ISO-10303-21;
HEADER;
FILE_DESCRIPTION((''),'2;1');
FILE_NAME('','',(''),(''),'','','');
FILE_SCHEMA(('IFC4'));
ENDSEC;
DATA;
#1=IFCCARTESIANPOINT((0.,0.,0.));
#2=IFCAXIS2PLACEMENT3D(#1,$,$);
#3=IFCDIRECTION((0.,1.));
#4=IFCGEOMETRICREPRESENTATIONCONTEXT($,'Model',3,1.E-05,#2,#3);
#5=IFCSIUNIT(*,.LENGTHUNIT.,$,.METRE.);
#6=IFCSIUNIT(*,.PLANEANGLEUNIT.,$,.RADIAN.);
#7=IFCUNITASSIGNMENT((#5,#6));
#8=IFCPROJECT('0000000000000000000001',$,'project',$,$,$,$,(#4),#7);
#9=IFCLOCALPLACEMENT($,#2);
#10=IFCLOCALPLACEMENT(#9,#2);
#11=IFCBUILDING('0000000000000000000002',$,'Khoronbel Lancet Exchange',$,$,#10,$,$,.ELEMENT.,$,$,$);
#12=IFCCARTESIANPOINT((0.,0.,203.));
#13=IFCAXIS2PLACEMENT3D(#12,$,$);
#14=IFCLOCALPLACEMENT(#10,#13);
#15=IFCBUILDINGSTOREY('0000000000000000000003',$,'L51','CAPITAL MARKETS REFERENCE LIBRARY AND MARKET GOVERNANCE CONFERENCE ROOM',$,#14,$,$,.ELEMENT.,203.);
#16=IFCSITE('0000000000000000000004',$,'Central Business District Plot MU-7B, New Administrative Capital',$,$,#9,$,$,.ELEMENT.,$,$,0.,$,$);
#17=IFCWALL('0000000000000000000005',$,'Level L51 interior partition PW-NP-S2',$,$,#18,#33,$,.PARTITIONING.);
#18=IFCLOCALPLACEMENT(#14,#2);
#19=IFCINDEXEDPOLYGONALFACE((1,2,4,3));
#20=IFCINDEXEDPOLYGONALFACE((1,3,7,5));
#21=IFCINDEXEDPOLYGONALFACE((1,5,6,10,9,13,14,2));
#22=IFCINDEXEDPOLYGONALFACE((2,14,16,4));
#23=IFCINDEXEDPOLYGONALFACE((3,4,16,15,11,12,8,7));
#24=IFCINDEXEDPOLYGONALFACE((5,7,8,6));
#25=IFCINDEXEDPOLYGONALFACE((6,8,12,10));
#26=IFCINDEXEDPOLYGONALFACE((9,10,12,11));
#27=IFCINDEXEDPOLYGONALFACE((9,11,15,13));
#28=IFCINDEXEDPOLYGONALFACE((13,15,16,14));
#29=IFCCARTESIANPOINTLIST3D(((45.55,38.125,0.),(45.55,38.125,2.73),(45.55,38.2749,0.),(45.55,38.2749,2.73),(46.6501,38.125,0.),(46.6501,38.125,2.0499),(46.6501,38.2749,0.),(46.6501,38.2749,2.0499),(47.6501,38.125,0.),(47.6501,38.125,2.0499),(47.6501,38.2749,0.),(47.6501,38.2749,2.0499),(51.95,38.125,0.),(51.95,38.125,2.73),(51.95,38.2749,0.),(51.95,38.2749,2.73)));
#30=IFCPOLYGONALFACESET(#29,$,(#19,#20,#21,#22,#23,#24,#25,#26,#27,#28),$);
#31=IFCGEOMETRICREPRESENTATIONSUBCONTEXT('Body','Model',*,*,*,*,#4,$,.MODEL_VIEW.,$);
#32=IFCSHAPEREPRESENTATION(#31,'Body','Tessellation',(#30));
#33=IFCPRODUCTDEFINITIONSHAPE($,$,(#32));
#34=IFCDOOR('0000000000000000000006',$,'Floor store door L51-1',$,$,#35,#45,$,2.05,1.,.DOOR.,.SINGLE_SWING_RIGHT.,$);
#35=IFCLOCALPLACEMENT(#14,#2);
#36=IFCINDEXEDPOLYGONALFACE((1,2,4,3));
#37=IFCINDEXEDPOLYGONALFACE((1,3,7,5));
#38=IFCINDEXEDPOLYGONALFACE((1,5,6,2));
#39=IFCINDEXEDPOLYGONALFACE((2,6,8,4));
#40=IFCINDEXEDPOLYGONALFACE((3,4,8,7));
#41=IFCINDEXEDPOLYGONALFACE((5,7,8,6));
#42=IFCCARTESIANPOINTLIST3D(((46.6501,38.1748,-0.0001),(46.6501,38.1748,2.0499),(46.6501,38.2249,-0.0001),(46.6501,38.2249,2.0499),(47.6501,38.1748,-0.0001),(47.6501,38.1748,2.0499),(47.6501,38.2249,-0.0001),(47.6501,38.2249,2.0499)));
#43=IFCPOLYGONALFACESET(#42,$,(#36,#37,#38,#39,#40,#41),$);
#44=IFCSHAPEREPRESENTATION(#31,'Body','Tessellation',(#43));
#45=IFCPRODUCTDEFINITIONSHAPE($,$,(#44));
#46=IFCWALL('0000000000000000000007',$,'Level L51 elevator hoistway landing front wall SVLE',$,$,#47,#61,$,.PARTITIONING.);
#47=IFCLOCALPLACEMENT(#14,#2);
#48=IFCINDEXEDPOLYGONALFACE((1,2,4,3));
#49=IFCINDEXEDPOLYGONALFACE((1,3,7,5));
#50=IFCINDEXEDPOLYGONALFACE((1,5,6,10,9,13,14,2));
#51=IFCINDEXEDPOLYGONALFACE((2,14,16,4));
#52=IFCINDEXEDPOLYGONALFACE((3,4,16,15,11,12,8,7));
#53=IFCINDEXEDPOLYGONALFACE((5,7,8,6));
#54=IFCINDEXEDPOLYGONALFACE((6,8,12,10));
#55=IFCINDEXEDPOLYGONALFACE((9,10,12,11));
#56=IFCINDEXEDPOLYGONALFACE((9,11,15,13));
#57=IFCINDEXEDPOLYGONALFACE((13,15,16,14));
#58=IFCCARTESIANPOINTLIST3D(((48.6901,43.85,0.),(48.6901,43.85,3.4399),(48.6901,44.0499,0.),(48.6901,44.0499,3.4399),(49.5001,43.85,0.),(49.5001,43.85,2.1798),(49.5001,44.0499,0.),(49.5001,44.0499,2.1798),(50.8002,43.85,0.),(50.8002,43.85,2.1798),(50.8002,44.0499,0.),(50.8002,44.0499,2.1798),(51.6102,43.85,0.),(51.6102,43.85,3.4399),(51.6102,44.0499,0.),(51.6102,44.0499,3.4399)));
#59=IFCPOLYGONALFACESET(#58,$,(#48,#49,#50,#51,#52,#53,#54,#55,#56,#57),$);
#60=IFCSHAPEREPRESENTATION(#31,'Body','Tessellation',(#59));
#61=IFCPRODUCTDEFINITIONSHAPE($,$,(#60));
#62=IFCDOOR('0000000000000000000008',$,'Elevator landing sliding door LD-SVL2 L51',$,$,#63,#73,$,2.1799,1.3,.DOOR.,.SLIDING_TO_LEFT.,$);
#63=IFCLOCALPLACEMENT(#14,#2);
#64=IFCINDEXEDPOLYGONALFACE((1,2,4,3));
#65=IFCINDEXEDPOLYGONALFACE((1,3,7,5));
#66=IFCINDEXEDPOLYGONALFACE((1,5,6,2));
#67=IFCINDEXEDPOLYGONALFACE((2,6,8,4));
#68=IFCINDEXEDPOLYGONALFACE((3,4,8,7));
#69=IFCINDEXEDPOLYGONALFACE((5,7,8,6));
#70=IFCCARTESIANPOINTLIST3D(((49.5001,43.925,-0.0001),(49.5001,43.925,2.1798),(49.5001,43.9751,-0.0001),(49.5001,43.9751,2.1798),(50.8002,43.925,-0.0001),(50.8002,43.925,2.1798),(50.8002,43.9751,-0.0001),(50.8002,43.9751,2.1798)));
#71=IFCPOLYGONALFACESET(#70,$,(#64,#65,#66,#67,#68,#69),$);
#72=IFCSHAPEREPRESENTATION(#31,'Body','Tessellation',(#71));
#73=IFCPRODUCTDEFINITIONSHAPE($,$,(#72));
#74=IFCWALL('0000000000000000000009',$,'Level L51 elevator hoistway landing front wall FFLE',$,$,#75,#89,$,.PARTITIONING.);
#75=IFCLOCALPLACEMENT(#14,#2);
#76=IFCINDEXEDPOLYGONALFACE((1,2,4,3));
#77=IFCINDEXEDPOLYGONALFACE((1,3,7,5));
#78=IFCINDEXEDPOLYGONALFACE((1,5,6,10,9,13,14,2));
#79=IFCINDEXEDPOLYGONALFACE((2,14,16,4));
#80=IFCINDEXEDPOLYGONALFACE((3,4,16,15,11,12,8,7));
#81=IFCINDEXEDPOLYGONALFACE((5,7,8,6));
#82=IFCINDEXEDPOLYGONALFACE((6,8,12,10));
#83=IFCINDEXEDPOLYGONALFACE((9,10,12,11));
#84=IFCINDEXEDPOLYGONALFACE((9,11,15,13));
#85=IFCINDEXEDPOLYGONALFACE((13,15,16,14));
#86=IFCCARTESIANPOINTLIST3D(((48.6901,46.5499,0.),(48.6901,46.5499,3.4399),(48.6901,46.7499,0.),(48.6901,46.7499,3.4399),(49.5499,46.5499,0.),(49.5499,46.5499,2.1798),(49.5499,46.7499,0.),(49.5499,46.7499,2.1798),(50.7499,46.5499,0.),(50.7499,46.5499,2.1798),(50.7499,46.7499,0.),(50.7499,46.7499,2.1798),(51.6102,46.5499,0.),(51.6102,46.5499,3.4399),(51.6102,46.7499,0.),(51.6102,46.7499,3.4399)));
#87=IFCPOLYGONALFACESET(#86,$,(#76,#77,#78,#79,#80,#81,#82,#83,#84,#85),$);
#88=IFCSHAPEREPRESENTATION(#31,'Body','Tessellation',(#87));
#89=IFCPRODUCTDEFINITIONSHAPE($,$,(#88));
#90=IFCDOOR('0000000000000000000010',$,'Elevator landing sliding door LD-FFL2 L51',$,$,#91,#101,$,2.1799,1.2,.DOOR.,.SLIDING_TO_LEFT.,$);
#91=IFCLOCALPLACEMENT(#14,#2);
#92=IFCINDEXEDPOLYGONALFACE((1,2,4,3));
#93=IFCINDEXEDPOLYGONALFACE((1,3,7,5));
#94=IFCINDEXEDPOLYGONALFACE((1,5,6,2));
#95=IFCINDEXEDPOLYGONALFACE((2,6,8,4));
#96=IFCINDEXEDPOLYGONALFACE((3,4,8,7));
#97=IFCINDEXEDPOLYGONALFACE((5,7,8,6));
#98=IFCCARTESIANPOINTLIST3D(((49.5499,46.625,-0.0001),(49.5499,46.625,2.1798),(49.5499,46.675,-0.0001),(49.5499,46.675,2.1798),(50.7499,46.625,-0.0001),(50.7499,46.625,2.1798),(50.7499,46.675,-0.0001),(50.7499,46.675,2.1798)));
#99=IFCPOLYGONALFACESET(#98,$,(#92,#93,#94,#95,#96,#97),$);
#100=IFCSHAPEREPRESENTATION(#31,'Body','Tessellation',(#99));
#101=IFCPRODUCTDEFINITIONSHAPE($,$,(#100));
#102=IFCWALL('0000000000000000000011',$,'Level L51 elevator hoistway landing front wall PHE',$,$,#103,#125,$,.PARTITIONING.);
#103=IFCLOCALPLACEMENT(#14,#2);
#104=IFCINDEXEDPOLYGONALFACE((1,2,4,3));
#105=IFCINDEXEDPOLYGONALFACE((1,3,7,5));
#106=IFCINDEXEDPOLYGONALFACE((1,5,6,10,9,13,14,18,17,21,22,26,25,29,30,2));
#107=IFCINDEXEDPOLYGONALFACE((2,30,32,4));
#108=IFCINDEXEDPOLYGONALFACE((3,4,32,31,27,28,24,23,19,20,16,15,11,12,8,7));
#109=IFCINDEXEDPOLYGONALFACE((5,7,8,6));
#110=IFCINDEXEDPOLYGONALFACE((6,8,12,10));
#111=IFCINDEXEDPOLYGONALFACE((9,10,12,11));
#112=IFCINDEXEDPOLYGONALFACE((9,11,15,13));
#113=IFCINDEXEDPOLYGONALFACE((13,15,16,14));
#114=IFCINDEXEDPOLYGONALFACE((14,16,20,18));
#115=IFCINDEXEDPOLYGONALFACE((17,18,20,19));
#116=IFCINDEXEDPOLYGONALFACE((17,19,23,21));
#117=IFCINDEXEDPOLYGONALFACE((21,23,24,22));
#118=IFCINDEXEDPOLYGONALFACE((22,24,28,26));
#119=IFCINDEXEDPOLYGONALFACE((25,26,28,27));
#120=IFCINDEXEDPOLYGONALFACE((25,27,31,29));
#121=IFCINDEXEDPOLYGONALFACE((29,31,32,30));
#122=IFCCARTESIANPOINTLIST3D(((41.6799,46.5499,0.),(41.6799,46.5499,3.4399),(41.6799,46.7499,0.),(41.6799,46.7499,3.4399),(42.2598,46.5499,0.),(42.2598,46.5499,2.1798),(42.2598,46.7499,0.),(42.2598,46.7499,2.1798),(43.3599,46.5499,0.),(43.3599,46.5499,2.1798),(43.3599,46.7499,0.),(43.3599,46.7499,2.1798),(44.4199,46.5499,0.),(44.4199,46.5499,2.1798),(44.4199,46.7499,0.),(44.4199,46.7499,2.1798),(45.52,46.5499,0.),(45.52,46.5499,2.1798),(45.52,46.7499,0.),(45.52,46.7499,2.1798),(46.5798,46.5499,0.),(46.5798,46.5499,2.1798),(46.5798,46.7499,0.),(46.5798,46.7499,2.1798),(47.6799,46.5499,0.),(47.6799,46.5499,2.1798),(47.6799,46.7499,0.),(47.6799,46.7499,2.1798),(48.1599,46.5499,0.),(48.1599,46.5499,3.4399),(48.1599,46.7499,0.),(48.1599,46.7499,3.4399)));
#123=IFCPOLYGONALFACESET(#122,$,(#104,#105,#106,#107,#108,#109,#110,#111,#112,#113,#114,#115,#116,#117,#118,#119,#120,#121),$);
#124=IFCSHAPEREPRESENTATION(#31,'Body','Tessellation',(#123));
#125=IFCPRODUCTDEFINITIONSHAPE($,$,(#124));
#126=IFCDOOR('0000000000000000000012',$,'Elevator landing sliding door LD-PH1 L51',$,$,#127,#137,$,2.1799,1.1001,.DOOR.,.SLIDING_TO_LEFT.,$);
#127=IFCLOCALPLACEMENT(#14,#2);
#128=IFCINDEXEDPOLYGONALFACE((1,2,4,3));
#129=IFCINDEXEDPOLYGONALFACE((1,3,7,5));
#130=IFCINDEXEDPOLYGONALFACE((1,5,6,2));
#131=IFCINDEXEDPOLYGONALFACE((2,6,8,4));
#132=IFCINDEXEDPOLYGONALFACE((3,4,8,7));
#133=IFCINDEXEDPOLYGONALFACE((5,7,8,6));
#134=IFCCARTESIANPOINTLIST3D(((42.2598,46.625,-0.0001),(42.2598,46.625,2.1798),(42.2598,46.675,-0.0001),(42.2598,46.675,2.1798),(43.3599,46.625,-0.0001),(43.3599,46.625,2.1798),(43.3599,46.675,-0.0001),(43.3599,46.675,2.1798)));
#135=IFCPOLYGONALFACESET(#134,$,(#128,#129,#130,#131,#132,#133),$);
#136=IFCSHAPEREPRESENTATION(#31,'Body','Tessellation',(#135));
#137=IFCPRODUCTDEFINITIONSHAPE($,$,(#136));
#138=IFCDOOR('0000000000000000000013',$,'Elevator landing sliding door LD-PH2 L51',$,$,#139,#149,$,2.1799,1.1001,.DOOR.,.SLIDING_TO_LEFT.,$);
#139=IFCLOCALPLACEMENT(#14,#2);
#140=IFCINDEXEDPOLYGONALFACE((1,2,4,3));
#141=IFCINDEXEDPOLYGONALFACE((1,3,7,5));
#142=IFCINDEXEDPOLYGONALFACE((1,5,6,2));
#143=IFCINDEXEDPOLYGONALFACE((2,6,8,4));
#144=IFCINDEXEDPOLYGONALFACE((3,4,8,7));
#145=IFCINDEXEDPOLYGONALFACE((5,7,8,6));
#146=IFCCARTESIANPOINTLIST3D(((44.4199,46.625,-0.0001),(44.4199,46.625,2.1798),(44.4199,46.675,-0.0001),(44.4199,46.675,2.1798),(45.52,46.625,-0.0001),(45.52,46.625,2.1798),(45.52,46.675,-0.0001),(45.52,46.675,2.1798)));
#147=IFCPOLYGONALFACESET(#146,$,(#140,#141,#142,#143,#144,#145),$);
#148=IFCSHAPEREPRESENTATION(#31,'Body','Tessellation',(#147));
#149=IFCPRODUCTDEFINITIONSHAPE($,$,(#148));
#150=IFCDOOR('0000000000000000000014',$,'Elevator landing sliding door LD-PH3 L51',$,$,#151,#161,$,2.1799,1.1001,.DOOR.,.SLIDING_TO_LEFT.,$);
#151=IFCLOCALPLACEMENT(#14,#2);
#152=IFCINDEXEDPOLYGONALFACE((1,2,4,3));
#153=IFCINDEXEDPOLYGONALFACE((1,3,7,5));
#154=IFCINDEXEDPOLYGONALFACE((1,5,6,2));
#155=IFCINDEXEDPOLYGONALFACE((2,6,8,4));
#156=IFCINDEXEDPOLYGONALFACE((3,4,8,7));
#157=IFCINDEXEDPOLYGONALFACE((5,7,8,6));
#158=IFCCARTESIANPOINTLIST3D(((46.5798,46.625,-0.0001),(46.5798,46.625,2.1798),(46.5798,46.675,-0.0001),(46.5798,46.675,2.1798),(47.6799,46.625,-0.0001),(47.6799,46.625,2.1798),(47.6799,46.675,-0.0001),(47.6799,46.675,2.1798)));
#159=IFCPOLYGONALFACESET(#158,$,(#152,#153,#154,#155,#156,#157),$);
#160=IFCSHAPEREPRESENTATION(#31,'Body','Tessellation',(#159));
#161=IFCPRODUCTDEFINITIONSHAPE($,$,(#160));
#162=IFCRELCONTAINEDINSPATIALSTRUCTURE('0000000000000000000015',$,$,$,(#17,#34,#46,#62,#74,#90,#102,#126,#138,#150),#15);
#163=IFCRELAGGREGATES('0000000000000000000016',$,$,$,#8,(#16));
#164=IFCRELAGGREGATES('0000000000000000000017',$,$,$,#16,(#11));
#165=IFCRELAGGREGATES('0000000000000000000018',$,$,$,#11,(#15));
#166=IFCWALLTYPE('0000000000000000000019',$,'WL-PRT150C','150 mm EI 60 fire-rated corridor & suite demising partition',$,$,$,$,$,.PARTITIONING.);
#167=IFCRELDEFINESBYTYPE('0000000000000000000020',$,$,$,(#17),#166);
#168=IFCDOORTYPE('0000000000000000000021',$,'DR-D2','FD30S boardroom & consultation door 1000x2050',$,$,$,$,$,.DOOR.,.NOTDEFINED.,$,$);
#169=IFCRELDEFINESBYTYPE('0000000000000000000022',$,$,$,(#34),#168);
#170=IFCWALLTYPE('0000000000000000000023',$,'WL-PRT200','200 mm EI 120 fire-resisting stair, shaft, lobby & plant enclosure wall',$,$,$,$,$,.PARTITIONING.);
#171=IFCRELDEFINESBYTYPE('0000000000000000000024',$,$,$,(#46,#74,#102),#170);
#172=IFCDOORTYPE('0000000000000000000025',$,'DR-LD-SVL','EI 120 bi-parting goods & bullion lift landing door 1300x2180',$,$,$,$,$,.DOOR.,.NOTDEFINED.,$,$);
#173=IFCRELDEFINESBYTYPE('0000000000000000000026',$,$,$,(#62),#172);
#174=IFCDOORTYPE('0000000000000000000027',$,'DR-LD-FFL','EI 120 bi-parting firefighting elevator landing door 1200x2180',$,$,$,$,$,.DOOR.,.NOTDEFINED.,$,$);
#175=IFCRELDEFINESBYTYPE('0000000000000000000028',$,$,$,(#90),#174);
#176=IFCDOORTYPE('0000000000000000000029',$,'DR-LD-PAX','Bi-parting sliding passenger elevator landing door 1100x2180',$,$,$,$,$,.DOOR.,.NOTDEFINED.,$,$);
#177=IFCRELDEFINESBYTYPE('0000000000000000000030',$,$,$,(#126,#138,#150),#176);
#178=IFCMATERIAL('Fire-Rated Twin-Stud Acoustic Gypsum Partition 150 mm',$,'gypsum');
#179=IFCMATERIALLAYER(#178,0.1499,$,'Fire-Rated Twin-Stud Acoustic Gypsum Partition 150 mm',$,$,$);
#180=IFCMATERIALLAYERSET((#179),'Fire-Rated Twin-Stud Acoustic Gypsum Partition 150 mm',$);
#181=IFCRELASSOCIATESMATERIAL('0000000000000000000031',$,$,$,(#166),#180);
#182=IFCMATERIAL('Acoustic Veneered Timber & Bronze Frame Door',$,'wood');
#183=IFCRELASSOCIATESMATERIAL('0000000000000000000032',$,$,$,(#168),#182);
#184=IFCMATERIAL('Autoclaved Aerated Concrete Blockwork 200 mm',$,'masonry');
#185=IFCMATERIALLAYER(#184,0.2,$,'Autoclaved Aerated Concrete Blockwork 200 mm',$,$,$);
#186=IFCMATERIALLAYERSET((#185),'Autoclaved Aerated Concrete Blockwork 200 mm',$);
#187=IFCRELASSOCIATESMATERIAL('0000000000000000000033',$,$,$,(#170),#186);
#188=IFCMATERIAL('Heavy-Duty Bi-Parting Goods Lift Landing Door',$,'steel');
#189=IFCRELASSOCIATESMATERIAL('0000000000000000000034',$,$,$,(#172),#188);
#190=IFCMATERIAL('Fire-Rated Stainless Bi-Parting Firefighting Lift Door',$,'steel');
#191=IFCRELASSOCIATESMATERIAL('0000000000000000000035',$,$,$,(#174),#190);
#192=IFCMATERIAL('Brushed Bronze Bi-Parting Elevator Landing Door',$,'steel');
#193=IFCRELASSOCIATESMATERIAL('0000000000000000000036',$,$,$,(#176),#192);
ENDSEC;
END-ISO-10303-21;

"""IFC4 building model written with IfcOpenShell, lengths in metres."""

from ifc_helpers import new_model, si_unit, direction, frame, frame_2d, origin, place, context, subcontext, project, spatial, rectangle, extrude, material, layer, layer_set, type_object, element, fill, save


model = new_model("IFC4")

# Units and contexts
model_context = context("Model", 3, precision=1e-05, world=origin(), true_north=direction((0.0, 1.0)))
body_context = subcontext(model_context, "Body", "Model", "MODEL_VIEW")
ifc_project = project(units=[si_unit("LENGTHUNIT", "METRE"), si_unit("PLANEANGLEUNIT", "RADIAN")], contexts=[model_context])

# Site, building, storey
site_placement = place(None, origin())
site = spatial("IfcSite", under=ifc_project, at=site_placement, Name="Central Business District Plot MU-7B, New Administrative Capital", CompositionType="ELEMENT", RefElevation=0.0)
building_placement = place(site_placement, origin())
building = spatial("IfcBuilding", under=site, at=building_placement, Name="Khoronbel Lancet Exchange", CompositionType="ELEMENT")
storey_placement = place(building_placement, frame((0.0, 0.0, 203.0)))
storey = spatial("IfcBuildingStorey", under=building, at=storey_placement, Name="L51", Description="CAPITAL MARKETS REFERENCE LIBRARY AND MARKET GOVERNANCE CONFERENCE ROOM", CompositionType="ELEMENT", Elevation=203.0)

# Walls, openings, doors
ifc_material_1 = material(Name="Fire-Rated Twin-Stud Acoustic Gypsum Partition 150 mm", Category="gypsum")
ifc_layer_1 = layer(ifc_material_1, 0.1499, Name="Fire-Rated Twin-Stud Acoustic Gypsum Partition 150 mm")
ifc_layer_set_1 = layer_set([ifc_layer_1], Name="Fire-Rated Twin-Stud Acoustic Gypsum Partition 150 mm")
wall_type_1 = type_object("IfcWallType", Name="WL-PRT150C", Description="150 mm EI 60 fire-rated corridor & suite demising partition", PredefinedType="PARTITIONING", material=ifc_layer_set_1)
wall_1_placement = place(storey_placement, frame((45.55, 38.2, 0.0), z_axis=(0.0, 0.0, 1.0), x_axis=(1.0, 0.0, 0.0)))
wall_1 = element("IfcWall", 1, at=wall_1_placement, inside=storey, type_object=wall_type_1, Name="Level L51 interior partition PW-NP-S2", PredefinedType="PARTITIONING", context=body_context, shape_type="SweptSolid", body=[
    extrude(rectangle(XDim=6.3999, YDim=0.1499, at=frame_2d((3.2, 0.0))), origin(), (0.0, 0.0, 1.0), 2.73),
])
opening_1_placement = place(wall_1_placement, frame((1.1001, 0.0, 0.0)))
opening_1 = element("IfcOpeningElement", 2, at=opening_1_placement, cuts=wall_1, PredefinedType="OPENING", context=body_context, shape_type="SweptSolid", body=[
    extrude(rectangle(XDim=1.0, YDim=2.05, at=frame_2d((0.5, 1.0249))), frame((0.0, 0.085, 0.0), z_axis=(0.0, -1.0, 0.0), x_axis=(1.0, 0.0, 0.0)), (0.0, 0.0, 1.0), 0.1699),
])
ifc_material_2 = material(Name="Acoustic Veneered Timber & Bronze Frame Door", Category="wood")
door_type_1 = type_object("IfcDoorType", Name="DR-D2", Description="FD30S boardroom & consultation door 1000x2050", OperationType="NOTDEFINED", PredefinedType="DOOR", material=ifc_material_2)
door_1_placement = place(opening_1_placement, origin())
door_1 = element("IfcDoor", 3, at=door_1_placement, inside=storey, type_object=door_type_1, Name="Floor store door L51-1", OperationType="SINGLE_SWING_RIGHT", OverallHeight=2.05, OverallWidth=1.0, PredefinedType="DOOR", context=body_context, shape_type="SweptSolid", body=[
    extrude(rectangle(XDim=1.0, YDim=2.05, at=frame_2d((0.5, 1.0249))), frame((0.0, 0.0249, 0.0), z_axis=(0.0, -1.0, 0.0), x_axis=(1.0, 0.0, 0.0)), (0.0, 0.0, 1.0), 0.05),
])
fill(opening_1, door_1)
ifc_material_3 = material(Name="Autoclaved Aerated Concrete Blockwork 200 mm", Category="masonry")
ifc_layer_2 = layer(ifc_material_3, 0.2, Name="Autoclaved Aerated Concrete Blockwork 200 mm")
ifc_layer_set_2 = layer_set([ifc_layer_2], Name="Autoclaved Aerated Concrete Blockwork 200 mm")
wall_type_2 = type_object("IfcWallType", Name="WL-PRT200", Description="200 mm EI 120 fire-resisting stair, shaft, lobby & plant enclosure wall", PredefinedType="PARTITIONING", material=ifc_layer_set_2)
wall_2_placement = place(storey_placement, frame((51.6101, 43.95, 0.0), z_axis=(0.0, 0.0, 1.0), x_axis=(-1.0, 0.0, 0.0)))
wall_2 = element("IfcWall", 4, at=wall_2_placement, inside=storey, type_object=wall_type_2, Name="Level L51 elevator hoistway landing front wall SVLE", PredefinedType="PARTITIONING", context=body_context, shape_type="SweptSolid", body=[
    extrude(rectangle(XDim=2.9202, YDim=0.2, at=frame_2d((1.46, 0.0))), origin(), (0.0, 0.0, 1.0), 3.4399),
])
opening_2_placement = place(wall_2_placement, frame((0.8101, 0.0, 0.0)))
opening_2 = element("IfcOpeningElement", 5, at=opening_2_placement, cuts=wall_2, PredefinedType="OPENING", context=body_context, shape_type="SweptSolid", body=[
    extrude(rectangle(XDim=1.3, YDim=2.1799, at=frame_2d((0.6499, 1.0898))), frame((0.0, 0.1099, 0.0), z_axis=(0.0, -1.0, 0.0), x_axis=(1.0, 0.0, 0.0)), (0.0, 0.0, 1.0), 0.22),
])
ifc_material_4 = material(Name="Heavy-Duty Bi-Parting Goods Lift Landing Door", Category="steel")
door_type_2 = type_object("IfcDoorType", Name="DR-LD-SVL", Description="EI 120 bi-parting goods & bullion lift landing door 1300x2180", OperationType="NOTDEFINED", PredefinedType="DOOR", material=ifc_material_4)
door_2_placement = place(opening_2_placement, origin())
door_2 = element("IfcDoor", 6, at=door_2_placement, inside=storey, type_object=door_type_2, Name="Elevator landing sliding door LD-SVL2 L51", OperationType="SLIDING_TO_LEFT", OverallHeight=2.1799, OverallWidth=1.3, PredefinedType="DOOR", context=body_context, shape_type="SweptSolid", body=[
    extrude(rectangle(XDim=1.3, YDim=2.1799, at=frame_2d((0.6499, 1.0898))), frame((0.0, 0.0249, 0.0), z_axis=(0.0, -1.0, 0.0), x_axis=(1.0, 0.0, 0.0)), (0.0, 0.0, 1.0), 0.05),
])
fill(opening_2, door_2)
wall_3_placement = place(storey_placement, frame((51.6101, 46.6499, 0.0), z_axis=(0.0, 0.0, 1.0), x_axis=(-1.0, 0.0, 0.0)))
wall_3 = element("IfcWall", 7, at=wall_3_placement, inside=storey, type_object=wall_type_2, Name="Level L51 elevator hoistway landing front wall FFLE", PredefinedType="PARTITIONING", context=body_context, shape_type="SweptSolid", body=[
    extrude(rectangle(XDim=2.9202, YDim=0.2, at=frame_2d((1.46, 0.0))), origin(), (0.0, 0.0, 1.0), 3.4399),
])
opening_3_placement = place(wall_3_placement, frame((0.8601, 0.0, 0.0)))
opening_3 = element("IfcOpeningElement", 8, at=opening_3_placement, cuts=wall_3, PredefinedType="OPENING", context=body_context, shape_type="SweptSolid", body=[
    extrude(rectangle(XDim=1.2, YDim=2.1799, at=frame_2d((0.6001, 1.0898))), frame((0.0, 0.1099, 0.0), z_axis=(0.0, -1.0, 0.0), x_axis=(1.0, 0.0, 0.0)), (0.0, 0.0, 1.0), 0.22),
])
ifc_material_5 = material(Name="Fire-Rated Stainless Bi-Parting Firefighting Lift Door", Category="steel")
door_type_3 = type_object("IfcDoorType", Name="DR-LD-FFL", Description="EI 120 bi-parting firefighting elevator landing door 1200x2180", OperationType="NOTDEFINED", PredefinedType="DOOR", material=ifc_material_5)
door_3_placement = place(opening_3_placement, origin())
door_3 = element("IfcDoor", 9, at=door_3_placement, inside=storey, type_object=door_type_3, Name="Elevator landing sliding door LD-FFL2 L51", OperationType="SLIDING_TO_LEFT", OverallHeight=2.1799, OverallWidth=1.2, PredefinedType="DOOR", context=body_context, shape_type="SweptSolid", body=[
    extrude(rectangle(XDim=1.2, YDim=2.1799, at=frame_2d((0.6001, 1.0898))), frame((0.0, 0.0249, 0.0), z_axis=(0.0, -1.0, 0.0), x_axis=(1.0, 0.0, 0.0)), (0.0, 0.0, 1.0), 0.05),
])
fill(opening_3, door_3)

# Wall, openings, doors
wall_4_placement = place(storey_placement, frame((48.1599, 46.6499, 0.0), z_axis=(0.0, 0.0, 1.0), x_axis=(-1.0, 0.0, 0.0)))
wall_4 = element("IfcWall", 10, at=wall_4_placement, inside=storey, type_object=wall_type_2, Name="Level L51 elevator hoistway landing front wall PHE", PredefinedType="PARTITIONING", context=body_context, shape_type="SweptSolid", body=[
    extrude(rectangle(XDim=6.48, YDim=0.2, at=frame_2d((3.24, 0.0))), origin(), (0.0, 0.0, 1.0), 3.4399),
])
opening_4_placement = place(wall_4_placement, frame((4.8, 0.0, 0.0)))
opening_4 = element("IfcOpeningElement", 11, at=opening_4_placement, cuts=wall_4, PredefinedType="OPENING", context=body_context, shape_type="SweptSolid", body=[
    extrude(rectangle(XDim=1.1001, YDim=2.1799, at=frame_2d((0.55, 1.0898))), frame((0.0, 0.1099, 0.0), z_axis=(0.0, -1.0, 0.0), x_axis=(1.0, 0.0, 0.0)), (0.0, 0.0, 1.0), 0.22),
])
opening_5_placement = place(wall_4_placement, frame((2.6399, 0.0, 0.0)))
opening_5 = element("IfcOpeningElement", 12, at=opening_5_placement, cuts=wall_4, PredefinedType="OPENING", context=body_context, shape_type="SweptSolid", body=[
    extrude(rectangle(XDim=1.1001, YDim=2.1799, at=frame_2d((0.55, 1.0898))), frame((0.0, 0.1099, 0.0), z_axis=(0.0, -1.0, 0.0), x_axis=(1.0, 0.0, 0.0)), (0.0, 0.0, 1.0), 0.22),
])
opening_6_placement = place(wall_4_placement, frame((0.48, 0.0, 0.0)))
opening_6 = element("IfcOpeningElement", 13, at=opening_6_placement, cuts=wall_4, PredefinedType="OPENING", context=body_context, shape_type="SweptSolid", body=[
    extrude(rectangle(XDim=1.1001, YDim=2.1799, at=frame_2d((0.55, 1.0898))), frame((0.0, 0.1099, 0.0), z_axis=(0.0, -1.0, 0.0), x_axis=(1.0, 0.0, 0.0)), (0.0, 0.0, 1.0), 0.22),
])
ifc_material_6 = material(Name="Brushed Bronze Bi-Parting Elevator Landing Door", Category="steel")
door_type_4 = type_object("IfcDoorType", Name="DR-LD-PAX", Description="Bi-parting sliding passenger elevator landing door 1100x2180", OperationType="NOTDEFINED", PredefinedType="DOOR", material=ifc_material_6)
door_4_placement = place(opening_4_placement, origin())
door_4 = element("IfcDoor", 14, at=door_4_placement, inside=storey, type_object=door_type_4, Name="Elevator landing sliding door LD-PH1 L51", OperationType="SLIDING_TO_LEFT", OverallHeight=2.1799, OverallWidth=1.1001, PredefinedType="DOOR", context=body_context, shape_type="SweptSolid", body=[
    extrude(rectangle(XDim=1.1001, YDim=2.1799, at=frame_2d((0.55, 1.0898))), frame((0.0, 0.0249, 0.0), z_axis=(0.0, -1.0, 0.0), x_axis=(1.0, 0.0, 0.0)), (0.0, 0.0, 1.0), 0.05),
])
fill(opening_4, door_4)
door_5_placement = place(opening_5_placement, origin())
door_5 = element("IfcDoor", 15, at=door_5_placement, inside=storey, type_object=door_type_4, Name="Elevator landing sliding door LD-PH2 L51", OperationType="SLIDING_TO_LEFT", OverallHeight=2.1799, OverallWidth=1.1001, PredefinedType="DOOR", context=body_context, shape_type="SweptSolid", body=[
    extrude(rectangle(XDim=1.1001, YDim=2.1799, at=frame_2d((0.55, 1.0898))), frame((0.0, 0.0249, 0.0), z_axis=(0.0, -1.0, 0.0), x_axis=(1.0, 0.0, 0.0)), (0.0, 0.0, 1.0), 0.05),
])
fill(opening_5, door_5)
door_6_placement = place(opening_6_placement, origin())
door_6 = element("IfcDoor", 16, at=door_6_placement, inside=storey, type_object=door_type_4, Name="Elevator landing sliding door LD-PH3 L51", OperationType="SLIDING_TO_LEFT", OverallHeight=2.1799, OverallWidth=1.1001, PredefinedType="DOOR", context=body_context, shape_type="SweptSolid", body=[
    extrude(rectangle(XDim=1.1001, YDim=2.1799, at=frame_2d((0.55, 1.0898))), frame((0.0, 0.0249, 0.0), z_axis=(0.0, -1.0, 0.0), x_axis=(1.0, 0.0, 0.0)), (0.0, 0.0, 1.0), 0.05),
])
fill(opening_6, door_6)

save(model, "model.ifc")
